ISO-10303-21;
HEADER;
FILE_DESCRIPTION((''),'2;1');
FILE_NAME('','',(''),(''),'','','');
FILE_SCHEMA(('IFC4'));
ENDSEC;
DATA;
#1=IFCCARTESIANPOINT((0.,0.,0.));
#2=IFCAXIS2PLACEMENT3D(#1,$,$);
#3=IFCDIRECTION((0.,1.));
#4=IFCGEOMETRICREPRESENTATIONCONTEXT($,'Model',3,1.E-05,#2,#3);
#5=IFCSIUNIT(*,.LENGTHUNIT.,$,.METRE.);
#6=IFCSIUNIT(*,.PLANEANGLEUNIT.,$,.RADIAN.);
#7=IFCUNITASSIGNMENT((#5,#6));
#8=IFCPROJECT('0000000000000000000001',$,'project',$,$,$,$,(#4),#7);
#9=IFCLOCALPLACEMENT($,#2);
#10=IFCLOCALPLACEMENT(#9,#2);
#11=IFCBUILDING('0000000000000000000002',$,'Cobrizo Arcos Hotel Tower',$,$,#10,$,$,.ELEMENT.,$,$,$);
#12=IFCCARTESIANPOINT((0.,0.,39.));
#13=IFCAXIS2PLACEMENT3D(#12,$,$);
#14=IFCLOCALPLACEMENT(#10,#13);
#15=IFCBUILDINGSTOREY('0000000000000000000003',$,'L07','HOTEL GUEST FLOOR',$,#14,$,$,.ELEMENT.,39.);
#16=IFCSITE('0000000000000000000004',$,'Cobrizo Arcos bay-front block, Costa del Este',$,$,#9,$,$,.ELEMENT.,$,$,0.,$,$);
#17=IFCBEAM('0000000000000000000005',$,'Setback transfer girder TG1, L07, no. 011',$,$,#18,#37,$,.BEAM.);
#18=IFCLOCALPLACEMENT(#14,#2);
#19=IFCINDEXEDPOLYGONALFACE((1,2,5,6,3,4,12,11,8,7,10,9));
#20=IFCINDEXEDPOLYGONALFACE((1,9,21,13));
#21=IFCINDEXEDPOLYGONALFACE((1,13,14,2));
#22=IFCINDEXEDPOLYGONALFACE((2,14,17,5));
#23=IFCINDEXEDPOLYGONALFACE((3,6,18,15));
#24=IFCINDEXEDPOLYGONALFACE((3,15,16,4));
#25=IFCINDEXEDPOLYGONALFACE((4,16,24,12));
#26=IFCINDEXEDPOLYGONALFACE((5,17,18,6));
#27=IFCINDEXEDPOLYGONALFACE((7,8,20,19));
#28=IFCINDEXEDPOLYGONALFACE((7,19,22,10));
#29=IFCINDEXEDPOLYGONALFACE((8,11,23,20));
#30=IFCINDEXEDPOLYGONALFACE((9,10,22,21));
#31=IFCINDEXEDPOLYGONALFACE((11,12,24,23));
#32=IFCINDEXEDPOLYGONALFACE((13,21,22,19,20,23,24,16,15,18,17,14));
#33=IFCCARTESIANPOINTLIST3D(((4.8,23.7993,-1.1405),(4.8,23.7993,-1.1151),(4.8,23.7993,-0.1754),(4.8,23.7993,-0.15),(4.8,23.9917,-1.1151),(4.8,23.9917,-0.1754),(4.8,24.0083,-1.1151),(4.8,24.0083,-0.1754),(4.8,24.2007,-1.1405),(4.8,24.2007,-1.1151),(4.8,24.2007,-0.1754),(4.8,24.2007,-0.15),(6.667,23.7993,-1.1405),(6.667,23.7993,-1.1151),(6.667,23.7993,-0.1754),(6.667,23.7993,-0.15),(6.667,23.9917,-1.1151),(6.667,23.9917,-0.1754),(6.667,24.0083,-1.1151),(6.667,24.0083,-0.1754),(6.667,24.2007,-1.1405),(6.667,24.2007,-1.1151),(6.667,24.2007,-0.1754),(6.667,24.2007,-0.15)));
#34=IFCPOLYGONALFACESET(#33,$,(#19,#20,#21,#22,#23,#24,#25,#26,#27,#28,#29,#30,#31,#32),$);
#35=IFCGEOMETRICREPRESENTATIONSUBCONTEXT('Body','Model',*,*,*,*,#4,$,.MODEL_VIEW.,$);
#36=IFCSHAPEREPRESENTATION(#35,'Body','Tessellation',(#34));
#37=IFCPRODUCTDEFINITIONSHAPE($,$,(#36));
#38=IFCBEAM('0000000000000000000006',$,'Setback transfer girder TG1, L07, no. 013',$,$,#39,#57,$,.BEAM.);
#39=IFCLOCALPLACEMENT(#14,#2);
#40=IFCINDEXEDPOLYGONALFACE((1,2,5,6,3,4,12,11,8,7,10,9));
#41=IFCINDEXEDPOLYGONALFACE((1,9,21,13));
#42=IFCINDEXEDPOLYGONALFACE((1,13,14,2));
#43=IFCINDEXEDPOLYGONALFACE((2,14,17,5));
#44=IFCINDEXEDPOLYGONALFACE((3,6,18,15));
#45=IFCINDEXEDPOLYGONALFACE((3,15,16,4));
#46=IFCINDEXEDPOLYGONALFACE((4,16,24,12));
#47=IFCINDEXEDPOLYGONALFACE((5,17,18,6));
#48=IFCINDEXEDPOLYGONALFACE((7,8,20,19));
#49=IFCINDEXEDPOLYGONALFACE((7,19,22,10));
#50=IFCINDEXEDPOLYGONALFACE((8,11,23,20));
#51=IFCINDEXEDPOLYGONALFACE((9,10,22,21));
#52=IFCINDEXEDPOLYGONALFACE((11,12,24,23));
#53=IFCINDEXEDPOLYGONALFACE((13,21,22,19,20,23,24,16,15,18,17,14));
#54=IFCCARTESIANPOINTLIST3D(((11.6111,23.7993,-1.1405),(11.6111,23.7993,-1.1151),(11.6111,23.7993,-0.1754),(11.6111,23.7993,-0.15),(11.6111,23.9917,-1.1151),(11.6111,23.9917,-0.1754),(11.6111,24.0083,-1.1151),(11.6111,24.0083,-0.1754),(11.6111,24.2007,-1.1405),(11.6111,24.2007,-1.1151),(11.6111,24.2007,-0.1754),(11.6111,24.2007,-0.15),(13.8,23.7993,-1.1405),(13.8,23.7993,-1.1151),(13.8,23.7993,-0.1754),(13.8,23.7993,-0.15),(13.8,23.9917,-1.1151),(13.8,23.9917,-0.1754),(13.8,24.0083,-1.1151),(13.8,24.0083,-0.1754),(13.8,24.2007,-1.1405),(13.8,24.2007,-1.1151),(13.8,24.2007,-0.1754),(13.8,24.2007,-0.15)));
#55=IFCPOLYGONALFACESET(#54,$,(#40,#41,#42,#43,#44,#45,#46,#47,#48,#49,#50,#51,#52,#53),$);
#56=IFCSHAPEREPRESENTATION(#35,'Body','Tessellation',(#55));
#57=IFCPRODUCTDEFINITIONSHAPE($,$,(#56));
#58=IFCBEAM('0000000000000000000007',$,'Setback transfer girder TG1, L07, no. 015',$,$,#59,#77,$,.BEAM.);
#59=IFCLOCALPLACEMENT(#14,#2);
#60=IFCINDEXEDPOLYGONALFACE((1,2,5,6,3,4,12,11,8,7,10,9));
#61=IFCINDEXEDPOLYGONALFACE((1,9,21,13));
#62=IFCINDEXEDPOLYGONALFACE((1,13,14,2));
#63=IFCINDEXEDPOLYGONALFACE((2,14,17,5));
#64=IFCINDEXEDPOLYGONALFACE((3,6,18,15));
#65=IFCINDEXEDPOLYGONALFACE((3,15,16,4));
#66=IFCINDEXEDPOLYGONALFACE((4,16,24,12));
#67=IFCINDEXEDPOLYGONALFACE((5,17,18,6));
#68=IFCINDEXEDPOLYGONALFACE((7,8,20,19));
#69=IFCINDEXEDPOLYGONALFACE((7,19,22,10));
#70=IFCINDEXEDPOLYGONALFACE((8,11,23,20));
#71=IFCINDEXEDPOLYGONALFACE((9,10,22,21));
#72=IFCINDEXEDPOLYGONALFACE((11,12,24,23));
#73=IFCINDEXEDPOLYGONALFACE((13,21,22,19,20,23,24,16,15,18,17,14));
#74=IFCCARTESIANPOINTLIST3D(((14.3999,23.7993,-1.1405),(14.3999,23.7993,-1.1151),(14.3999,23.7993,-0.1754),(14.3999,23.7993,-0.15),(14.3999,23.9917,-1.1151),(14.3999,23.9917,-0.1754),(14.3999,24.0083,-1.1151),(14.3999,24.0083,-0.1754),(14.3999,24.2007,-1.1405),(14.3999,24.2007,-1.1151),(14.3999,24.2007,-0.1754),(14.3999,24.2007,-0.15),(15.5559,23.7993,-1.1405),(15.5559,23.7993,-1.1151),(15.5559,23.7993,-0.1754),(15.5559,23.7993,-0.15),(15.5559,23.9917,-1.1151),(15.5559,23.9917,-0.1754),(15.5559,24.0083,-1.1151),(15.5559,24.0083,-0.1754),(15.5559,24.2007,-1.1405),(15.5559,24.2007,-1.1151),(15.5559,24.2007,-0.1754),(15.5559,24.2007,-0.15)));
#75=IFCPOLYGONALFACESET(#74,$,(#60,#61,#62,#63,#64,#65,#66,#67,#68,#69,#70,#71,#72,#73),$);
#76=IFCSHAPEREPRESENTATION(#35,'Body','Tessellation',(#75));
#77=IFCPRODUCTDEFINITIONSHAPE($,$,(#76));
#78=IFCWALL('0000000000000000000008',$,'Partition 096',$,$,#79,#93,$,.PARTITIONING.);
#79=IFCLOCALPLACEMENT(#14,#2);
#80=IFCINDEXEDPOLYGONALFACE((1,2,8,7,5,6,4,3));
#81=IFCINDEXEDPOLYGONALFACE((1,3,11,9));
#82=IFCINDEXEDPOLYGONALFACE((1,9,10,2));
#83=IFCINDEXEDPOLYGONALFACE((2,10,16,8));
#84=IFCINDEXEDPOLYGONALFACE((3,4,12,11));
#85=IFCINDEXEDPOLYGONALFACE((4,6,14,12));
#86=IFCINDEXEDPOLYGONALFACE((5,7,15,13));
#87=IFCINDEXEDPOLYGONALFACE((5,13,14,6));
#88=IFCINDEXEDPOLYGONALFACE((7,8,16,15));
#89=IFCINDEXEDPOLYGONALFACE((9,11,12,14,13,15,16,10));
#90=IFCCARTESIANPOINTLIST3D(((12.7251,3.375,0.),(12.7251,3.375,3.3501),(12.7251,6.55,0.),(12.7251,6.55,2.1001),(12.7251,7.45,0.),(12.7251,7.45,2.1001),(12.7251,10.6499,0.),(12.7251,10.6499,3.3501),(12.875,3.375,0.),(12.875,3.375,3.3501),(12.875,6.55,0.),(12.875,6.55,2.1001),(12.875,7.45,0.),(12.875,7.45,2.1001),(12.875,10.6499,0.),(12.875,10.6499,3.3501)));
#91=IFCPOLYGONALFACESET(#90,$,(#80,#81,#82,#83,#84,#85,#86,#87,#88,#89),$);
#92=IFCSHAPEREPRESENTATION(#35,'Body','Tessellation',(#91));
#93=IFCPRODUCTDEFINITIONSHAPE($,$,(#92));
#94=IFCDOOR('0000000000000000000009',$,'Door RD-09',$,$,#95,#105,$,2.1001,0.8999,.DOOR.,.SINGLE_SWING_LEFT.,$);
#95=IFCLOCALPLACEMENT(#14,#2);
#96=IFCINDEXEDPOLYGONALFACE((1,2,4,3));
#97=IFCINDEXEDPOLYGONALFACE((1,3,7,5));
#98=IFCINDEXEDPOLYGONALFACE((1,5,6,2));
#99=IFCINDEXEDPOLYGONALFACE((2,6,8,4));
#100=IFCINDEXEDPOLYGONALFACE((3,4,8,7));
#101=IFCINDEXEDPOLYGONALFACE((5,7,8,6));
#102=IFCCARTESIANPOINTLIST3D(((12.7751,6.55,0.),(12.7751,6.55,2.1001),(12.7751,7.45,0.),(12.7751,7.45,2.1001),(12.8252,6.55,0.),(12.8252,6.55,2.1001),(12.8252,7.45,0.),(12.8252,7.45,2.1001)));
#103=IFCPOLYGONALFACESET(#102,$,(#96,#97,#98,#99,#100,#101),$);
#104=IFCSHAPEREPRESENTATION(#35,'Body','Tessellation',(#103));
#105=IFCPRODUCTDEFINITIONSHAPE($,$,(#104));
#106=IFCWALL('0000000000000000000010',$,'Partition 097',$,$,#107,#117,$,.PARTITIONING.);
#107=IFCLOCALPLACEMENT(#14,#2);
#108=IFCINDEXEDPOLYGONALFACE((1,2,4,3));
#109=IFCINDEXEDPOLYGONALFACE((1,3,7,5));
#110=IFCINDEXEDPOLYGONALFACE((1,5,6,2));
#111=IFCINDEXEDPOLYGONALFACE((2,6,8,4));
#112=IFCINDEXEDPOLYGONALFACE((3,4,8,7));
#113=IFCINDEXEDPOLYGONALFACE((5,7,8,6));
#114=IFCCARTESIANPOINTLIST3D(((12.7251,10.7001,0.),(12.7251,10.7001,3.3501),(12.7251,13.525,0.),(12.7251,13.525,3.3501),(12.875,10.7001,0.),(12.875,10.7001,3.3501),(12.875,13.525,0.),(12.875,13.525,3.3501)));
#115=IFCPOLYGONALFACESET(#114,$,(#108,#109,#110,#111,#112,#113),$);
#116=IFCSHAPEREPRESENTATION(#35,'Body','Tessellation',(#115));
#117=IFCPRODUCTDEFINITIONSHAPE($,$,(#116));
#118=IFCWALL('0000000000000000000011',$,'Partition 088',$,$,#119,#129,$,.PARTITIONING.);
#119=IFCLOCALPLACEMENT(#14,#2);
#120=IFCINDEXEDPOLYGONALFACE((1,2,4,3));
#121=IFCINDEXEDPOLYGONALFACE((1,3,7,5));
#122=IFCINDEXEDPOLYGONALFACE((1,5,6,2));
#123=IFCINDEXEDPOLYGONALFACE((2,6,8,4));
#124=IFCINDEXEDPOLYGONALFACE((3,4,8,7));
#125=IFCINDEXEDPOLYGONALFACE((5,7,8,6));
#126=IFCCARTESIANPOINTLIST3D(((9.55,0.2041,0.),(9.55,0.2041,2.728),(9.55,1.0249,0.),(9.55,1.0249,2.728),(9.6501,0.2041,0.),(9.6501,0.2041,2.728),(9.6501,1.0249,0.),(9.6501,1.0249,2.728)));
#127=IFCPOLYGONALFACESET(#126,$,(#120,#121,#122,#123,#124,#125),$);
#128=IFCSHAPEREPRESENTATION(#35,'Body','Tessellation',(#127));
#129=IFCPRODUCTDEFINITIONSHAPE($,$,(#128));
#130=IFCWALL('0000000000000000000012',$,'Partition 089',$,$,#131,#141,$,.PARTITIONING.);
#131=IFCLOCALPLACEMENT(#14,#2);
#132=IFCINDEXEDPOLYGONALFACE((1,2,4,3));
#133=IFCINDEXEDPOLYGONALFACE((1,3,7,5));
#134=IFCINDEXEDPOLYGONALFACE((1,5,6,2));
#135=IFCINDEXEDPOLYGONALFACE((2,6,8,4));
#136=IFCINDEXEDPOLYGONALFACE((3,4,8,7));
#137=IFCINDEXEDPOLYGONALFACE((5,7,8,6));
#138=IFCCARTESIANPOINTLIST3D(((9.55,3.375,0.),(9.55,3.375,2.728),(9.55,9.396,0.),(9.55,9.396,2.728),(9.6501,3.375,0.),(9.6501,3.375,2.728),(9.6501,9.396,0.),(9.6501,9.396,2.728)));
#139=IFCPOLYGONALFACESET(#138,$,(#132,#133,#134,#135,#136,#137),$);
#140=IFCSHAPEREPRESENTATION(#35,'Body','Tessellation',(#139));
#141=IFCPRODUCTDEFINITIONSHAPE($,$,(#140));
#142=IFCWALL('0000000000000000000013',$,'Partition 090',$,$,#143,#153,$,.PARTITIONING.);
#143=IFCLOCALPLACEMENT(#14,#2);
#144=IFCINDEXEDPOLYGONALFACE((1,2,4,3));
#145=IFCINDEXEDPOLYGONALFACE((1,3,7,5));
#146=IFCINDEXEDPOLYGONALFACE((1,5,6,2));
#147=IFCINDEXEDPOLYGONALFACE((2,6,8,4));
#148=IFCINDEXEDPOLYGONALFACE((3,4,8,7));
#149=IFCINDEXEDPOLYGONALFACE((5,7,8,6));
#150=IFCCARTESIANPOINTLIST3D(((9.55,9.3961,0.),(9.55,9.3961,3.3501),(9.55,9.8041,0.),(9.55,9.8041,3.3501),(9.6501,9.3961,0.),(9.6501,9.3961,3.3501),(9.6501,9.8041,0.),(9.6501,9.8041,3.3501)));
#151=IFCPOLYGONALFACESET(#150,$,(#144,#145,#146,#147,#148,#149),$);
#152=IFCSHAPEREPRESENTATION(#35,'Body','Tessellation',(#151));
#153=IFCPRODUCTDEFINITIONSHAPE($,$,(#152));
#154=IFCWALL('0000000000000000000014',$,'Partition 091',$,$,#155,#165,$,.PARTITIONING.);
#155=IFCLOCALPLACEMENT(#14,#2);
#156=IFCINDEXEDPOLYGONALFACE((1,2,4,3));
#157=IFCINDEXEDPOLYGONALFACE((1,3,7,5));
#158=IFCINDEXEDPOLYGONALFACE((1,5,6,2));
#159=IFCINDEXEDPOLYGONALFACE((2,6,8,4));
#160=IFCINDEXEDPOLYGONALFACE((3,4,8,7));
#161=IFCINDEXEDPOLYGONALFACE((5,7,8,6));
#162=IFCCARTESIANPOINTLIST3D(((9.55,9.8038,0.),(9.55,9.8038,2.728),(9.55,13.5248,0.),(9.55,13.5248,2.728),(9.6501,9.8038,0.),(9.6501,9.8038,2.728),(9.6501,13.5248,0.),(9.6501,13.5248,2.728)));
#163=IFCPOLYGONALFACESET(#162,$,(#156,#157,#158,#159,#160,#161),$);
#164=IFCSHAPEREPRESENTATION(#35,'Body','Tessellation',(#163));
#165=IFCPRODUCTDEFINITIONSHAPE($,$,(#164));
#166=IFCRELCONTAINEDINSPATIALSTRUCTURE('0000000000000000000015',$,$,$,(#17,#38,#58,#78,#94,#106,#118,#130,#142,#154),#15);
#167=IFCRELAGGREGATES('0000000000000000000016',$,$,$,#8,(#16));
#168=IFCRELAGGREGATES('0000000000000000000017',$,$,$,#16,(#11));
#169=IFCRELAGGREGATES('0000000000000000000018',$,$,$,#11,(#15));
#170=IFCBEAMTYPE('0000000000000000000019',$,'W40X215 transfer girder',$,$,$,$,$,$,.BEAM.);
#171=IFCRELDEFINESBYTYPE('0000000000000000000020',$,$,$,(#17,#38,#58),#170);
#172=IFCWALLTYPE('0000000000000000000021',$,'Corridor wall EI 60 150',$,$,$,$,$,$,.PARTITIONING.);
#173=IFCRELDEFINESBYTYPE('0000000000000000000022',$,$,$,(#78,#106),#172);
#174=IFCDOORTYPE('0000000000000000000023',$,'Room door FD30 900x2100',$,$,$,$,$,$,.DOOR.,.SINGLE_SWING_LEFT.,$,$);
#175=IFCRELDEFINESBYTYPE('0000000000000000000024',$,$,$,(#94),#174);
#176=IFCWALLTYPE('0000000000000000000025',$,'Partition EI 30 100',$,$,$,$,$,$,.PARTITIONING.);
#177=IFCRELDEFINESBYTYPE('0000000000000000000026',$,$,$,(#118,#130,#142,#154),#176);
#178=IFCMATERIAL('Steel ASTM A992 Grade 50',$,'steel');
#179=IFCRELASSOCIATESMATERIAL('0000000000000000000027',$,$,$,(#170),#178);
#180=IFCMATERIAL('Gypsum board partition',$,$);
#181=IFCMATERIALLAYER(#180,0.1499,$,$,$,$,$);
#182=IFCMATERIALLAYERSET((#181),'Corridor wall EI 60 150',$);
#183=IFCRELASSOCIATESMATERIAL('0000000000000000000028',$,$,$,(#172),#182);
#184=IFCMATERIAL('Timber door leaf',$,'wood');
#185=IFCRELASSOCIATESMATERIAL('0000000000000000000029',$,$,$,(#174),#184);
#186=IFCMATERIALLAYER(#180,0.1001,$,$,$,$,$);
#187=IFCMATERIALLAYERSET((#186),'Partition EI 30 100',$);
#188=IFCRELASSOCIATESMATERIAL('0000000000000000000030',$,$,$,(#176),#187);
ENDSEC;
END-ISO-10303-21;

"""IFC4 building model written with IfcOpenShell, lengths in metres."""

from ifc_helpers import new_model, si_unit, direction, frame, frame_2d, origin, origin_2d, place, context, subcontext, project, spatial, rectangle, i_section, extrude, material, layer, layer_set, material_profile, profile_set, type_object, element, fill, save


model = new_model("IFC4")

# Units and contexts
model_context = context("Model", 3, precision=1e-05, world=origin(), true_north=direction((0.0, 1.0)))
body_context = subcontext(model_context, "Body", "Model", "MODEL_VIEW")
ifc_project = project(units=[si_unit("LENGTHUNIT", "METRE"), si_unit("PLANEANGLEUNIT", "RADIAN")], contexts=[model_context])

# Site, building, storey
site_placement = place(None, origin())
site = spatial("IfcSite", under=ifc_project, at=site_placement, Name="Cobrizo Arcos bay-front block, Costa del Este", CompositionType="ELEMENT", RefElevation=0.0)
building_placement = place(site_placement, origin())
building = spatial("IfcBuilding", under=site, at=building_placement, Name="Cobrizo Arcos Hotel Tower", CompositionType="ELEMENT")
storey_placement = place(building_placement, frame((0.0, 0.0, 39.0)))
storey = spatial("IfcBuildingStorey", under=building, at=storey_placement, Name="L07", Description="HOTEL GUEST FLOOR", CompositionType="ELEMENT", Elevation=39.0)

# Shared definitions
ifc_material_1 = material(Name="Steel ASTM A992 Grade 50", Category="steel")

# Beams
ifc_material_profile_1 = material_profile(ifc_material_1, i_section(OverallWidth=0.4014, OverallDepth=0.9905, WebThickness=0.0166, FlangeThickness=0.0254, at=origin_2d()), Name="W40X215")
ifc_profile_set_1 = profile_set([ifc_material_profile_1], Name="Steel ASTM A992 Grade 50")
beam_type_1 = type_object("IfcBeamType", Name="W40X215 transfer girder", PredefinedType="BEAM", material=ifc_profile_set_1)
beam_1_placement = place(storey_placement, frame((4.8, 24.0, -0.6453), z_axis=(1.0, 0.0, 0.0), x_axis=(0.0, 1.0, 0.0)))
element("IfcBeam", 1, at=beam_1_placement, inside=storey, type_object=beam_type_1, Name="Setback transfer girder TG1, L07, no. 011", PredefinedType="BEAM", context=body_context, shape_type="SweptSolid", body=[
    extrude(i_section(OverallWidth=0.4014, OverallDepth=0.9905, WebThickness=0.0166, FlangeThickness=0.0254, at=origin_2d()), origin(), (0.0, 0.0, 1.0), 1.8669),
])
beam_2_placement = place(storey_placement, frame((13.8, 24.0, -0.6453), z_axis=(-1.0, 0.0, 0.0), x_axis=(0.0, -1.0, 0.0)))
element("IfcBeam", 2, at=beam_2_placement, inside=storey, type_object=beam_type_1, Name="Setback transfer girder TG1, L07, no. 013", PredefinedType="BEAM", context=body_context, shape_type="SweptSolid", body=[
    extrude(i_section(OverallWidth=0.4014, OverallDepth=0.9905, WebThickness=0.0166, FlangeThickness=0.0254, at=origin_2d()), origin(), (0.0, 0.0, 1.0), 2.189),
])
beam_3_placement = place(storey_placement, frame((14.3999, 24.0, -0.6453), z_axis=(1.0, 0.0, 0.0), x_axis=(0.0, 1.0, 0.0)))
element("IfcBeam", 3, at=beam_3_placement, inside=storey, type_object=beam_type_1, Name="Setback transfer girder TG1, L07, no. 015", PredefinedType="BEAM", context=body_context, shape_type="SweptSolid", body=[
    extrude(i_section(OverallWidth=0.4014, OverallDepth=0.9905, WebThickness=0.0166, FlangeThickness=0.0254, at=origin_2d()), origin(), (0.0, 0.0, 1.0), 1.156),
])

# Wall, opening, door
ifc_material_2 = material(Name="Gypsum board partition")
ifc_layer_1 = layer(ifc_material_2, 0.1499)
ifc_layer_set_1 = layer_set([ifc_layer_1], Name="Corridor wall EI 60 150")
wall_type_1 = type_object("IfcWallType", Name="Corridor wall EI 60 150", PredefinedType="PARTITIONING", material=ifc_layer_set_1)
wall_1_placement = place(storey_placement, frame((12.8, 3.375, 0.0), z_axis=(0.0, 0.0, 1.0), x_axis=(0.0, 1.0, 0.0)))
wall_1 = element("IfcWall", 4, at=wall_1_placement, inside=storey, type_object=wall_type_1, Name="Partition 096", PredefinedType="PARTITIONING", context=body_context, shape_type="SweptSolid", body=[
    extrude(rectangle(XDim=7.2749, YDim=0.1499, at=frame_2d((3.6375, 0.0))), origin(), (0.0, 0.0, 1.0), 3.3501),
])
opening_1_placement = place(wall_1_placement, frame((3.175, 0.0, 0.0)))
opening_1 = element("IfcOpeningElement", 5, at=opening_1_placement, cuts=wall_1, PredefinedType="OPENING", context=body_context, shape_type="SweptSolid", body=[
    extrude(rectangle(XDim=0.8999, YDim=2.1001, at=frame_2d((0.45, 1.05))), frame((0.0, 0.0869, 0.0), z_axis=(0.0, -1.0, 0.0), x_axis=(1.0, 0.0, 0.0)), (0.0, 0.0, 1.0), 0.1738),
])
ifc_material_3 = material(Name="Timber door leaf", Category="wood")
door_type_1 = type_object("IfcDoorType", Name="Room door FD30 900x2100", OperationType="SINGLE_SWING_LEFT", PredefinedType="DOOR", material=ifc_material_3)
door_1_placement = place(opening_1_placement, origin())
door_1 = element("IfcDoor", 6, at=door_1_placement, inside=storey, type_object=door_type_1, Name="Door RD-09", OperationType="SINGLE_SWING_LEFT", OverallHeight=2.1001, OverallWidth=0.8999, PredefinedType="DOOR", context=body_context, shape_type="SweptSolid", body=[
    extrude(rectangle(XDim=0.8999, YDim=2.1001, at=frame_2d((0.45, 1.05))), frame((0.0, 0.0249, 0.0), z_axis=(0.0, -1.0, 0.0), x_axis=(1.0, 0.0, 0.0)), (0.0, 0.0, 1.0), 0.05),
])
fill(opening_1, door_1)

# Walls
wall_2_placement = place(storey_placement, frame((12.8, 10.7, 0.0), z_axis=(0.0, 0.0, 1.0), x_axis=(0.0, 1.0, 0.0)))
element("IfcWall", 7, at=wall_2_placement, inside=storey, type_object=wall_type_1, Name="Partition 097", PredefinedType="PARTITIONING", context=body_context, shape_type="SweptSolid", body=[
    extrude(rectangle(XDim=2.825, YDim=0.1499, at=frame_2d((1.4126, 0.0))), origin(), (0.0, 0.0, 1.0), 3.3501),
])
ifc_layer_2 = layer(ifc_material_2, 0.1001)
ifc_layer_set_2 = layer_set([ifc_layer_2], Name="Partition EI 30 100")
wall_type_2 = type_object("IfcWallType", Name="Partition EI 30 100", PredefinedType="PARTITIONING", material=ifc_layer_set_2)
wall_3_placement = place(storey_placement, frame((9.6001, 0.2041, 0.0), z_axis=(0.0, 0.0, 1.0), x_axis=(0.0, 1.0, 0.0)))
element("IfcWall", 8, at=wall_3_placement, inside=storey, type_object=wall_type_2, Name="Partition 088", PredefinedType="PARTITIONING", context=body_context, shape_type="SweptSolid", body=[
    extrude(rectangle(XDim=0.8208, YDim=0.1001, at=frame_2d((0.4104, 0.0))), origin(), (0.0, 0.0, 1.0), 2.728),
])
wall_4_placement = place(storey_placement, frame((9.6001, 3.375, 0.0), z_axis=(0.0, 0.0, 1.0), x_axis=(0.0, 1.0, 0.0)))
element("IfcWall", 9, at=wall_4_placement, inside=storey, type_object=wall_type_2, Name="Partition 089", PredefinedType="PARTITIONING", context=body_context, shape_type="SweptSolid", body=[
    extrude(rectangle(XDim=6.021, YDim=0.1001, at=frame_2d((3.0105, 0.0))), origin(), (0.0, 0.0, 1.0), 2.728),
])
wall_5_placement = place(storey_placement, frame((9.6001, 9.396, 0.0), z_axis=(0.0, 0.0, 1.0), x_axis=(0.0, 1.0, 0.0)))
element("IfcWall", 10, at=wall_5_placement, inside=storey, type_object=wall_type_2, Name="Partition 090", PredefinedType="PARTITIONING", context=body_context, shape_type="SweptSolid", body=[
    extrude(rectangle(XDim=0.408, YDim=0.1001, at=frame_2d((0.2041, 0.0))), origin(), (0.0, 0.0, 1.0), 3.3501),
])
wall_6_placement = place(storey_placement, frame((9.6001, 9.804, 0.0), z_axis=(0.0, 0.0, 1.0), x_axis=(0.0, 1.0, 0.0)))
element("IfcWall", 11, at=wall_6_placement, inside=storey, type_object=wall_type_2, Name="Partition 091", PredefinedType="PARTITIONING", context=body_context, shape_type="SweptSolid", body=[
    extrude(rectangle(XDim=3.7209, YDim=0.1001, at=frame_2d((1.8604, 0.0))), origin(), (0.0, 0.0, 1.0), 2.728),
])

save(model, "model.ifc")
